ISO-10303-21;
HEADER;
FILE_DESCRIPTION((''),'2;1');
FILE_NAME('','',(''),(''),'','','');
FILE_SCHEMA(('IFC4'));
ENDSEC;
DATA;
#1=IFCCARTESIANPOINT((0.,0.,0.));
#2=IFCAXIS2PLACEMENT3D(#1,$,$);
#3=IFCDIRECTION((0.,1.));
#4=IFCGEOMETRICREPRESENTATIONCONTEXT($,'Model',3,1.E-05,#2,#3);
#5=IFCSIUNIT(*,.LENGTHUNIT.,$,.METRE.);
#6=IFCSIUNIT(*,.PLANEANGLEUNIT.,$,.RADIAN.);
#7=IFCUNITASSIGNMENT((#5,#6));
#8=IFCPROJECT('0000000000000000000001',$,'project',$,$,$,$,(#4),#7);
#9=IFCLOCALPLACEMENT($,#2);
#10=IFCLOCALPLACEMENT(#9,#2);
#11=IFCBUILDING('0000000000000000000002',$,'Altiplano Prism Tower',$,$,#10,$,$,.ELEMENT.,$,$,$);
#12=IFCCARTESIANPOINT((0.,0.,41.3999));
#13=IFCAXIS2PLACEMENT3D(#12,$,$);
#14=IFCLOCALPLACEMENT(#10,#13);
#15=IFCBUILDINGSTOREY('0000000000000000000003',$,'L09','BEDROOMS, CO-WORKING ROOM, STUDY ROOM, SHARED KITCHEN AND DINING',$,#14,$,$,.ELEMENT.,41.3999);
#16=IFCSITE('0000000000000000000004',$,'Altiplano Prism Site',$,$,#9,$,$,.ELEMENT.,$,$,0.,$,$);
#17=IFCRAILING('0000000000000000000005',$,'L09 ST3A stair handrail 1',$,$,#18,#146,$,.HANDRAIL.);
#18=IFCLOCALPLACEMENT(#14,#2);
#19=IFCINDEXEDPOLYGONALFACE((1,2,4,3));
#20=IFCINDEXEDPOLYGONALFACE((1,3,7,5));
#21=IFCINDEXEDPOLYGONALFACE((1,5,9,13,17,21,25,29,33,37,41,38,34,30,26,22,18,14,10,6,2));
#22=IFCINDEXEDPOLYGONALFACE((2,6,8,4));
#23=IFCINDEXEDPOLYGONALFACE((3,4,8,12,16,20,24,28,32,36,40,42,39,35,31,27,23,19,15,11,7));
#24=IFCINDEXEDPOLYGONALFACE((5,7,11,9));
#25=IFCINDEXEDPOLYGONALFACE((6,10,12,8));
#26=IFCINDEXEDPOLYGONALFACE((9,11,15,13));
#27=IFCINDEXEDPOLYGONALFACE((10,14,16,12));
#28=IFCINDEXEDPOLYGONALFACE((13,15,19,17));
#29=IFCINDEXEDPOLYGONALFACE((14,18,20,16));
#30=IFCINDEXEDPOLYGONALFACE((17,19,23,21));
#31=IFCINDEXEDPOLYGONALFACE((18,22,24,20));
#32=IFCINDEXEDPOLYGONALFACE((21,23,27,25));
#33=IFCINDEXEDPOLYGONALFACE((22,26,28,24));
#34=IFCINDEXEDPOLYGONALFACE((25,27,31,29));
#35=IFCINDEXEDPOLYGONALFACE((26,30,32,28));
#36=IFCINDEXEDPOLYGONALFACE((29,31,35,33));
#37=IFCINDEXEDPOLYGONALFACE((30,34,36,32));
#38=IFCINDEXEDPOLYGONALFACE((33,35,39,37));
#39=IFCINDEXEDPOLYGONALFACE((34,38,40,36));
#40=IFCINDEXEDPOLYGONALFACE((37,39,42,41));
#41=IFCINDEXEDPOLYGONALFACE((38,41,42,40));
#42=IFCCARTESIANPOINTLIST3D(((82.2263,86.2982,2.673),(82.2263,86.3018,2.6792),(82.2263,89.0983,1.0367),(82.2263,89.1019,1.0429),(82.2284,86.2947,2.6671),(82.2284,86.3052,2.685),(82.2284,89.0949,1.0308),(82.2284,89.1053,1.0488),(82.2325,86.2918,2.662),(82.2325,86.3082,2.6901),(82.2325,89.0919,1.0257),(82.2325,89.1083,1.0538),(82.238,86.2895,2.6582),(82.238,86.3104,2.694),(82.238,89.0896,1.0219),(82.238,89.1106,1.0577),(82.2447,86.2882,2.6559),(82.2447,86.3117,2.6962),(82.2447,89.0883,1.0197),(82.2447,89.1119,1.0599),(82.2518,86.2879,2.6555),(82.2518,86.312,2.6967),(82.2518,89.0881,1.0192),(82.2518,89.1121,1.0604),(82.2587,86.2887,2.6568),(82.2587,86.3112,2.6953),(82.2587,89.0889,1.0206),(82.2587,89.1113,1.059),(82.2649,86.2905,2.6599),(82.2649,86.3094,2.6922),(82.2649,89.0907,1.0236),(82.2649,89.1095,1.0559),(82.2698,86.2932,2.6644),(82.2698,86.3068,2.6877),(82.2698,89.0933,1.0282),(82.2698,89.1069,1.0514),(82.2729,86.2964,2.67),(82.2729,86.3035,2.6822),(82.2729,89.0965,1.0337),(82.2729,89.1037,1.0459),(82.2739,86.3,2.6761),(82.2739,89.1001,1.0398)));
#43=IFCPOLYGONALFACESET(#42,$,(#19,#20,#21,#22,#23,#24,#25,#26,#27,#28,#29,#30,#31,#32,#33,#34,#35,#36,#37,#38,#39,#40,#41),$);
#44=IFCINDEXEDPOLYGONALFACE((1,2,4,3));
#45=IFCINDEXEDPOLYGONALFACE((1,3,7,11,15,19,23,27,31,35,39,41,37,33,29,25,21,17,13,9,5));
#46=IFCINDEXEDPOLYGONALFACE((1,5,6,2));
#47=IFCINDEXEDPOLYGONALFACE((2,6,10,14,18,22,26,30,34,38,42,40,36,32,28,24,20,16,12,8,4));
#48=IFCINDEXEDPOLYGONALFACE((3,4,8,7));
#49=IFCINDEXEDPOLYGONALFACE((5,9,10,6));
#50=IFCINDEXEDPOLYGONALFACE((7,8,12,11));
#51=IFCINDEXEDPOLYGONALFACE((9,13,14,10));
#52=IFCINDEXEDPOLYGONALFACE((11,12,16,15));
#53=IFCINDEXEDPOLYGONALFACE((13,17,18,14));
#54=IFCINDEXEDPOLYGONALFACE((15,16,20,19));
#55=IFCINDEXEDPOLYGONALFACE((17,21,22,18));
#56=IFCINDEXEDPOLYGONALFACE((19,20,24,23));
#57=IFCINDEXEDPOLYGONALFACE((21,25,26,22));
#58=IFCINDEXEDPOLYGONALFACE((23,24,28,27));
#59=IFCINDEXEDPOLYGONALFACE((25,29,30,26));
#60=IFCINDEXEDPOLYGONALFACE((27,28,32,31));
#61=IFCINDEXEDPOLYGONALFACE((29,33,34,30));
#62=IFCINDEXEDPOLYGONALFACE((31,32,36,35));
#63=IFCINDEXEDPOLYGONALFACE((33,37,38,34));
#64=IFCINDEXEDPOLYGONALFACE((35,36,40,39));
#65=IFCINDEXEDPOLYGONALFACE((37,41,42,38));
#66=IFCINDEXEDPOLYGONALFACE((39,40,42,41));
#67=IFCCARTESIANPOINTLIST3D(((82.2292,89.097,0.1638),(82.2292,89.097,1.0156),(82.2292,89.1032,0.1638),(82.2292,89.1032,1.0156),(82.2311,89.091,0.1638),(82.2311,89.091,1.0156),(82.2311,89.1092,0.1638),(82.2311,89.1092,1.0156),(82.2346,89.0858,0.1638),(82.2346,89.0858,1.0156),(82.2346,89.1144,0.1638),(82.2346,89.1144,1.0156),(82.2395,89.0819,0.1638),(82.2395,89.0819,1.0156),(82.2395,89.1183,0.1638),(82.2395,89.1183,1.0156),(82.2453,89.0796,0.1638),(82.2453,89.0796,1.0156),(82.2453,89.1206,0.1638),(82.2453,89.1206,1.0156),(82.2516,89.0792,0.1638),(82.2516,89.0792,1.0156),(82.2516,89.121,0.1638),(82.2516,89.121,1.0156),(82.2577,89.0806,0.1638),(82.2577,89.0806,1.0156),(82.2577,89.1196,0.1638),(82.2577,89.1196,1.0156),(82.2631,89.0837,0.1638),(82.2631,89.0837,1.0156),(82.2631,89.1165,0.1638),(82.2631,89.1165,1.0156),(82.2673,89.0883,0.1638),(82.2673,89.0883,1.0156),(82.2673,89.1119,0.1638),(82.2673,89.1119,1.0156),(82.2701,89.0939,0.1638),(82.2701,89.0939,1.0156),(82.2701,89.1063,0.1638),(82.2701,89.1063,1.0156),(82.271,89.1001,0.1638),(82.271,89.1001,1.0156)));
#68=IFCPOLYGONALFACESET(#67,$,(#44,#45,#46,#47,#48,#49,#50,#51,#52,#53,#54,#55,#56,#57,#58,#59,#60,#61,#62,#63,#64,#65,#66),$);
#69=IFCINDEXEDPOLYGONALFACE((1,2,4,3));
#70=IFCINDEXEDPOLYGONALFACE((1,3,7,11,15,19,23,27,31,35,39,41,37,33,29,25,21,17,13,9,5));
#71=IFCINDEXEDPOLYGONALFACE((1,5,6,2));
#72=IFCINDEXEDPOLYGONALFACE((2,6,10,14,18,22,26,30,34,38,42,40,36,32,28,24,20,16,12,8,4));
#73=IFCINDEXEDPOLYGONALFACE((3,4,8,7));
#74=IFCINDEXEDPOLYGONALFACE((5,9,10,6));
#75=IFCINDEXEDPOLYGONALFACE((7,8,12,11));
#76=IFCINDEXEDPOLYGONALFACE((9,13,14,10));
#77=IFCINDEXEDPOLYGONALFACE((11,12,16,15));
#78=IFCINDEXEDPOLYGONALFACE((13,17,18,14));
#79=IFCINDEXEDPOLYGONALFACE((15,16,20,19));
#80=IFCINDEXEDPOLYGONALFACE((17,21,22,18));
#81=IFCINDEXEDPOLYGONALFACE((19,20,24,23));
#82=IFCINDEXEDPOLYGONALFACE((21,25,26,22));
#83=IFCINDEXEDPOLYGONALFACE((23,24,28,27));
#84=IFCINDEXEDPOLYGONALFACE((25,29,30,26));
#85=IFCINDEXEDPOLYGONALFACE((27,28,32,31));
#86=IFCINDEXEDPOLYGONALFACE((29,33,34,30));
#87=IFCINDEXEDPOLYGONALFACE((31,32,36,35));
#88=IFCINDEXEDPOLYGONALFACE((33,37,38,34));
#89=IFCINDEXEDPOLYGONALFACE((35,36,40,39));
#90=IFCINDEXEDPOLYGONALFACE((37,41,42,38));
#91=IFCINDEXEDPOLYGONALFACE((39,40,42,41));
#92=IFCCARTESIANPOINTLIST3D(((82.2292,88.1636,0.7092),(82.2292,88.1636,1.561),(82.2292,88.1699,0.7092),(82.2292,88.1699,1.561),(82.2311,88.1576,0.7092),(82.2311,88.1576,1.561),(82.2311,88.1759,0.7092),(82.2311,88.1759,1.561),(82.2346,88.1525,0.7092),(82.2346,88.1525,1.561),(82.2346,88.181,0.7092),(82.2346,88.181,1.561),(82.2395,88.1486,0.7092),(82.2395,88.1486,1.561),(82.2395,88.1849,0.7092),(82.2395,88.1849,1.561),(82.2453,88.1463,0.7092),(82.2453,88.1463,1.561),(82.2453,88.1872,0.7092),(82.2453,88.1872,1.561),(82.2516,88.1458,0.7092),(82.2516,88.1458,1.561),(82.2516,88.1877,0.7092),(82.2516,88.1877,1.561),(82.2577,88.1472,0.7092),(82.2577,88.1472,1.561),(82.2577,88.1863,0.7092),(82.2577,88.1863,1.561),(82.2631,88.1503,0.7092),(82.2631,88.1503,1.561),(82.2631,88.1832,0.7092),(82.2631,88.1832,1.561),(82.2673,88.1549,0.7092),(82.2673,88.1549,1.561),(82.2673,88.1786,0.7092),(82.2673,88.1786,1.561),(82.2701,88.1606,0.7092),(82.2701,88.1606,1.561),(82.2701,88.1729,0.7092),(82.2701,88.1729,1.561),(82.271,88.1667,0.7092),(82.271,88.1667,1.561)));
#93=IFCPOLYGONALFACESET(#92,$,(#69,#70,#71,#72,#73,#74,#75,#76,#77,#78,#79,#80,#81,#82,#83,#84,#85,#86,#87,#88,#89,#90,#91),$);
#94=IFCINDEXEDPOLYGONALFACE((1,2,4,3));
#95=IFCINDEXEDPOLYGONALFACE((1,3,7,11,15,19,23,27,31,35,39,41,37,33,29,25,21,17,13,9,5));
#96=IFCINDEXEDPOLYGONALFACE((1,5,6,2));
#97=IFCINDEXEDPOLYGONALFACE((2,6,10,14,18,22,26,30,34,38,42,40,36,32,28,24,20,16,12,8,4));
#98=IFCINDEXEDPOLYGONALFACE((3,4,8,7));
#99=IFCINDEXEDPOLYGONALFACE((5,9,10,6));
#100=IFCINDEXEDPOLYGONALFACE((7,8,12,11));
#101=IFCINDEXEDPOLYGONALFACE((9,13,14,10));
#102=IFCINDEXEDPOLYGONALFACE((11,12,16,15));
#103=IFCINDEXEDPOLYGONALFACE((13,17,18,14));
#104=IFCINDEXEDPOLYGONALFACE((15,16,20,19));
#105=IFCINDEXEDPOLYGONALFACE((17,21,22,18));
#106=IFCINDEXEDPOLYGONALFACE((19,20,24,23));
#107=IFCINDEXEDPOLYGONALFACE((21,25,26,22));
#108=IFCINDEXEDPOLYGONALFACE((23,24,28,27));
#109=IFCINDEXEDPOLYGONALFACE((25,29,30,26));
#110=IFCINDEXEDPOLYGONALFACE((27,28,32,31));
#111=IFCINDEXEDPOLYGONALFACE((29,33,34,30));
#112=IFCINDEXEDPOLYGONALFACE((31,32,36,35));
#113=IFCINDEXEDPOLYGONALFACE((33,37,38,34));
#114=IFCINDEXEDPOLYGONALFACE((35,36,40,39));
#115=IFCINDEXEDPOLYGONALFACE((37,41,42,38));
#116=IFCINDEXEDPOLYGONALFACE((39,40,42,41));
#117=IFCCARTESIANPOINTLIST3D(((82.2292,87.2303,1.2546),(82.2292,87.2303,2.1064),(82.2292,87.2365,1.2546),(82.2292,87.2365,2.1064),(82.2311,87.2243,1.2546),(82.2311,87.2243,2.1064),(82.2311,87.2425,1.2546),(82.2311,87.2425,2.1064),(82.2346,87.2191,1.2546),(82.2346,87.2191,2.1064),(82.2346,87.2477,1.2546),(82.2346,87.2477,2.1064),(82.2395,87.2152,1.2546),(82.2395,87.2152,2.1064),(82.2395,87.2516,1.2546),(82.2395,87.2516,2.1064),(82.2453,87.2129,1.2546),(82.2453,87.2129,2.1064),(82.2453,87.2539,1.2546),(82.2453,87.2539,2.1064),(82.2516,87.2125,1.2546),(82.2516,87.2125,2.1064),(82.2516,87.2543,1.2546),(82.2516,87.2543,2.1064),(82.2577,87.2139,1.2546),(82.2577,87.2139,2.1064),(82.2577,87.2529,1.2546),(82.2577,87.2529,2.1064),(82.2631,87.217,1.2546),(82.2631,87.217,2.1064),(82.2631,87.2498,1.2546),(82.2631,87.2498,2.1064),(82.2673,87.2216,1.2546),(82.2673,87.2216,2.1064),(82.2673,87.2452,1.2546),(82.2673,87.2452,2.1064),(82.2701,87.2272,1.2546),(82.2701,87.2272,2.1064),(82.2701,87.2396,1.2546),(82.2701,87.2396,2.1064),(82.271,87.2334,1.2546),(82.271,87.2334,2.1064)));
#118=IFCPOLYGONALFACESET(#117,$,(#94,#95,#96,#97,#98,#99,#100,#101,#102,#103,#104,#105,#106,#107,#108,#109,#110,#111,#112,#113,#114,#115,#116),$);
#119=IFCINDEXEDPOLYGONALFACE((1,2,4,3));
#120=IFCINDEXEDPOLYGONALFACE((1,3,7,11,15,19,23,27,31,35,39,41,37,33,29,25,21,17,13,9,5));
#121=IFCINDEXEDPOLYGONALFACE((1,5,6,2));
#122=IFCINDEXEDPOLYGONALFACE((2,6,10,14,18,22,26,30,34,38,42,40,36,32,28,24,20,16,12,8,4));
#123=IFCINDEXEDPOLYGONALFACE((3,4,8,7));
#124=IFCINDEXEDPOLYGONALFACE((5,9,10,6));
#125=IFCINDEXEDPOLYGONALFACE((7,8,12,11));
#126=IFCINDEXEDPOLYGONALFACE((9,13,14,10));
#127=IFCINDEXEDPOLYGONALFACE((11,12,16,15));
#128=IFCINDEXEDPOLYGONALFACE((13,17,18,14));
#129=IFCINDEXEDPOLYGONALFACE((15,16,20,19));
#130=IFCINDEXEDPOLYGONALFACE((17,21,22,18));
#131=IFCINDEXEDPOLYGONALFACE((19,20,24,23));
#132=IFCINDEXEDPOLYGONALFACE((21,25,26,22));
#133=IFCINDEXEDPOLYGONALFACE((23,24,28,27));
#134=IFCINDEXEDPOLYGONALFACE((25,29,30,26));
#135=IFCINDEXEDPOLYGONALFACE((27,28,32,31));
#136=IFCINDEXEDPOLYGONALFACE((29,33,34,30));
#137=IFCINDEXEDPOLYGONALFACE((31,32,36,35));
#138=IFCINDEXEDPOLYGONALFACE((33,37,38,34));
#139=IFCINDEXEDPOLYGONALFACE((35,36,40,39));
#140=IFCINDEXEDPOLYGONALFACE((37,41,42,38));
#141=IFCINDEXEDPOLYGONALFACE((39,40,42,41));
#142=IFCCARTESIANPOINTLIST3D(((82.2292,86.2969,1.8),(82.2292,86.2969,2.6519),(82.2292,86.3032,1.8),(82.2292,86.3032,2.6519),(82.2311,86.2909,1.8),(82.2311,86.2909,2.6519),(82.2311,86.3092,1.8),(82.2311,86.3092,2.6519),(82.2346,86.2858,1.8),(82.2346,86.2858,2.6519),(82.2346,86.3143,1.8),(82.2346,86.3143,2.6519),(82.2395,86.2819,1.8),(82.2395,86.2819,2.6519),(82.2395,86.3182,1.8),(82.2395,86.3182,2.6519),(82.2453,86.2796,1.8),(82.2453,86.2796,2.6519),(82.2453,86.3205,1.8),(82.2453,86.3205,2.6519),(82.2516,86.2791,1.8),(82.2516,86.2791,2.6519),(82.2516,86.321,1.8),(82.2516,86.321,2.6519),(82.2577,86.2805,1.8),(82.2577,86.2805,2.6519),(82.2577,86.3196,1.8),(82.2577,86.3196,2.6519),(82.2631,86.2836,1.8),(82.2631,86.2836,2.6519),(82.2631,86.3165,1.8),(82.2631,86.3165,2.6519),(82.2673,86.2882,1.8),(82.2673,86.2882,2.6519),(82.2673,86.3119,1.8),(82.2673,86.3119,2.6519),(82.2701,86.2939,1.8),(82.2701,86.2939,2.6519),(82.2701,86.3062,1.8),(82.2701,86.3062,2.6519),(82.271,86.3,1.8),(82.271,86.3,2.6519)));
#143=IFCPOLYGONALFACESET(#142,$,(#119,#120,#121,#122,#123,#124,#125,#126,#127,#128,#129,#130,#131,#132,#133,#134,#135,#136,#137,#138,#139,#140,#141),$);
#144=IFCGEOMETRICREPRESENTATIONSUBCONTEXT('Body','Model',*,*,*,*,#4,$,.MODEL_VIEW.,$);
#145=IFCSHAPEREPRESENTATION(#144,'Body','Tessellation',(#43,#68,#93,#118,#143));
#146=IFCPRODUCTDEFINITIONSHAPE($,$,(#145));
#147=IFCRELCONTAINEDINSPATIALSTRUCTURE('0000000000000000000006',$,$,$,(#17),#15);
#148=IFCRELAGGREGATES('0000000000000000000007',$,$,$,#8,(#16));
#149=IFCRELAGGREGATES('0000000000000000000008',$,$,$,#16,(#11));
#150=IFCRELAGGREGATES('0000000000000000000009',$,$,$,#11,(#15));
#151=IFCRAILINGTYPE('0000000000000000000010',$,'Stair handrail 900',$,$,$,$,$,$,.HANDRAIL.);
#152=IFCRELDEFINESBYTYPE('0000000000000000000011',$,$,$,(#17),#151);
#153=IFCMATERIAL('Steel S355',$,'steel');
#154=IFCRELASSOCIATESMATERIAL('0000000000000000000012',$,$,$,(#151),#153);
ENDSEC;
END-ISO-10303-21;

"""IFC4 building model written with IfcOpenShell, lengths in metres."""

from ifc_helpers import new_model, si_unit, direction, frame, origin, origin_2d, place, context, subcontext, project, spatial, circle, extrude, material, type_object, element, save


model = new_model("IFC4")

# Units and contexts
model_context = context("Model", 3, precision=1e-05, world=origin(), true_north=direction((0.0, 1.0)))
body_context = subcontext(model_context, "Body", "Model", "MODEL_VIEW")
ifc_project = project(units=[si_unit("LENGTHUNIT", "METRE"), si_unit("PLANEANGLEUNIT", "RADIAN")], contexts=[model_context])

# Site, building, storey
site_placement = place(None, origin())
site = spatial("IfcSite", under=ifc_project, at=site_placement, Name="Altiplano Prism Site", CompositionType="ELEMENT", RefElevation=0.0)
building_placement = place(site_placement, origin())
building = spatial("IfcBuilding", under=site, at=building_placement, Name="Altiplano Prism Tower", CompositionType="ELEMENT")
storey_placement = place(building_placement, frame((0.0, 0.0, 41.3999)))
storey = spatial("IfcBuildingStorey", under=building, at=storey_placement, Name="L09", Description="BEDROOMS, CO-WORKING ROOM, STUDY ROOM, SHARED KITCHEN AND DINING", CompositionType="ELEMENT", Elevation=41.3999)

# Railing
ifc_material_1 = material(Name="Steel S355", Category="steel")
railing_type_1 = type_object("IfcRailingType", Name="Stair handrail 900", PredefinedType="HANDRAIL", material=ifc_material_1)
railing_1_placement = place(storey_placement, frame((82.25, 89.1001, 0.1638)))
element("IfcRailing", 1, at=railing_1_placement, inside=storey, type_object=railing_type_1, Name="L09 ST3A stair handrail 1", PredefinedType="HANDRAIL", context=body_context, shape_type="SweptSolid", body=[
    extrude(circle(Radius=0.0239, at=origin_2d()), frame((0.0, 0.0, 0.876), z_axis=(0.0, -0.863394, 0.504531), x_axis=(1.0, 0.0, 0.0)), (0.0, 0.0, 1.0), 3.2432),
    extrude(circle(Radius=0.021, at=origin_2d()), origin(), (0.0, 0.0, 1.0), 0.8518),
    extrude(circle(Radius=0.021, at=origin_2d()), frame((0.0, -0.9333, 0.5454)), (0.0, 0.0, 1.0), 0.8518),
    extrude(circle(Radius=0.021, at=origin_2d()), frame((0.0, -1.8667, 1.0908)), (0.0, 0.0, 1.0), 0.8518),
    extrude(circle(Radius=0.021, at=origin_2d()), frame((0.0, -2.8, 1.6362)), (0.0, 0.0, 1.0), 0.8518),
])

save(model, "model.ifc")
